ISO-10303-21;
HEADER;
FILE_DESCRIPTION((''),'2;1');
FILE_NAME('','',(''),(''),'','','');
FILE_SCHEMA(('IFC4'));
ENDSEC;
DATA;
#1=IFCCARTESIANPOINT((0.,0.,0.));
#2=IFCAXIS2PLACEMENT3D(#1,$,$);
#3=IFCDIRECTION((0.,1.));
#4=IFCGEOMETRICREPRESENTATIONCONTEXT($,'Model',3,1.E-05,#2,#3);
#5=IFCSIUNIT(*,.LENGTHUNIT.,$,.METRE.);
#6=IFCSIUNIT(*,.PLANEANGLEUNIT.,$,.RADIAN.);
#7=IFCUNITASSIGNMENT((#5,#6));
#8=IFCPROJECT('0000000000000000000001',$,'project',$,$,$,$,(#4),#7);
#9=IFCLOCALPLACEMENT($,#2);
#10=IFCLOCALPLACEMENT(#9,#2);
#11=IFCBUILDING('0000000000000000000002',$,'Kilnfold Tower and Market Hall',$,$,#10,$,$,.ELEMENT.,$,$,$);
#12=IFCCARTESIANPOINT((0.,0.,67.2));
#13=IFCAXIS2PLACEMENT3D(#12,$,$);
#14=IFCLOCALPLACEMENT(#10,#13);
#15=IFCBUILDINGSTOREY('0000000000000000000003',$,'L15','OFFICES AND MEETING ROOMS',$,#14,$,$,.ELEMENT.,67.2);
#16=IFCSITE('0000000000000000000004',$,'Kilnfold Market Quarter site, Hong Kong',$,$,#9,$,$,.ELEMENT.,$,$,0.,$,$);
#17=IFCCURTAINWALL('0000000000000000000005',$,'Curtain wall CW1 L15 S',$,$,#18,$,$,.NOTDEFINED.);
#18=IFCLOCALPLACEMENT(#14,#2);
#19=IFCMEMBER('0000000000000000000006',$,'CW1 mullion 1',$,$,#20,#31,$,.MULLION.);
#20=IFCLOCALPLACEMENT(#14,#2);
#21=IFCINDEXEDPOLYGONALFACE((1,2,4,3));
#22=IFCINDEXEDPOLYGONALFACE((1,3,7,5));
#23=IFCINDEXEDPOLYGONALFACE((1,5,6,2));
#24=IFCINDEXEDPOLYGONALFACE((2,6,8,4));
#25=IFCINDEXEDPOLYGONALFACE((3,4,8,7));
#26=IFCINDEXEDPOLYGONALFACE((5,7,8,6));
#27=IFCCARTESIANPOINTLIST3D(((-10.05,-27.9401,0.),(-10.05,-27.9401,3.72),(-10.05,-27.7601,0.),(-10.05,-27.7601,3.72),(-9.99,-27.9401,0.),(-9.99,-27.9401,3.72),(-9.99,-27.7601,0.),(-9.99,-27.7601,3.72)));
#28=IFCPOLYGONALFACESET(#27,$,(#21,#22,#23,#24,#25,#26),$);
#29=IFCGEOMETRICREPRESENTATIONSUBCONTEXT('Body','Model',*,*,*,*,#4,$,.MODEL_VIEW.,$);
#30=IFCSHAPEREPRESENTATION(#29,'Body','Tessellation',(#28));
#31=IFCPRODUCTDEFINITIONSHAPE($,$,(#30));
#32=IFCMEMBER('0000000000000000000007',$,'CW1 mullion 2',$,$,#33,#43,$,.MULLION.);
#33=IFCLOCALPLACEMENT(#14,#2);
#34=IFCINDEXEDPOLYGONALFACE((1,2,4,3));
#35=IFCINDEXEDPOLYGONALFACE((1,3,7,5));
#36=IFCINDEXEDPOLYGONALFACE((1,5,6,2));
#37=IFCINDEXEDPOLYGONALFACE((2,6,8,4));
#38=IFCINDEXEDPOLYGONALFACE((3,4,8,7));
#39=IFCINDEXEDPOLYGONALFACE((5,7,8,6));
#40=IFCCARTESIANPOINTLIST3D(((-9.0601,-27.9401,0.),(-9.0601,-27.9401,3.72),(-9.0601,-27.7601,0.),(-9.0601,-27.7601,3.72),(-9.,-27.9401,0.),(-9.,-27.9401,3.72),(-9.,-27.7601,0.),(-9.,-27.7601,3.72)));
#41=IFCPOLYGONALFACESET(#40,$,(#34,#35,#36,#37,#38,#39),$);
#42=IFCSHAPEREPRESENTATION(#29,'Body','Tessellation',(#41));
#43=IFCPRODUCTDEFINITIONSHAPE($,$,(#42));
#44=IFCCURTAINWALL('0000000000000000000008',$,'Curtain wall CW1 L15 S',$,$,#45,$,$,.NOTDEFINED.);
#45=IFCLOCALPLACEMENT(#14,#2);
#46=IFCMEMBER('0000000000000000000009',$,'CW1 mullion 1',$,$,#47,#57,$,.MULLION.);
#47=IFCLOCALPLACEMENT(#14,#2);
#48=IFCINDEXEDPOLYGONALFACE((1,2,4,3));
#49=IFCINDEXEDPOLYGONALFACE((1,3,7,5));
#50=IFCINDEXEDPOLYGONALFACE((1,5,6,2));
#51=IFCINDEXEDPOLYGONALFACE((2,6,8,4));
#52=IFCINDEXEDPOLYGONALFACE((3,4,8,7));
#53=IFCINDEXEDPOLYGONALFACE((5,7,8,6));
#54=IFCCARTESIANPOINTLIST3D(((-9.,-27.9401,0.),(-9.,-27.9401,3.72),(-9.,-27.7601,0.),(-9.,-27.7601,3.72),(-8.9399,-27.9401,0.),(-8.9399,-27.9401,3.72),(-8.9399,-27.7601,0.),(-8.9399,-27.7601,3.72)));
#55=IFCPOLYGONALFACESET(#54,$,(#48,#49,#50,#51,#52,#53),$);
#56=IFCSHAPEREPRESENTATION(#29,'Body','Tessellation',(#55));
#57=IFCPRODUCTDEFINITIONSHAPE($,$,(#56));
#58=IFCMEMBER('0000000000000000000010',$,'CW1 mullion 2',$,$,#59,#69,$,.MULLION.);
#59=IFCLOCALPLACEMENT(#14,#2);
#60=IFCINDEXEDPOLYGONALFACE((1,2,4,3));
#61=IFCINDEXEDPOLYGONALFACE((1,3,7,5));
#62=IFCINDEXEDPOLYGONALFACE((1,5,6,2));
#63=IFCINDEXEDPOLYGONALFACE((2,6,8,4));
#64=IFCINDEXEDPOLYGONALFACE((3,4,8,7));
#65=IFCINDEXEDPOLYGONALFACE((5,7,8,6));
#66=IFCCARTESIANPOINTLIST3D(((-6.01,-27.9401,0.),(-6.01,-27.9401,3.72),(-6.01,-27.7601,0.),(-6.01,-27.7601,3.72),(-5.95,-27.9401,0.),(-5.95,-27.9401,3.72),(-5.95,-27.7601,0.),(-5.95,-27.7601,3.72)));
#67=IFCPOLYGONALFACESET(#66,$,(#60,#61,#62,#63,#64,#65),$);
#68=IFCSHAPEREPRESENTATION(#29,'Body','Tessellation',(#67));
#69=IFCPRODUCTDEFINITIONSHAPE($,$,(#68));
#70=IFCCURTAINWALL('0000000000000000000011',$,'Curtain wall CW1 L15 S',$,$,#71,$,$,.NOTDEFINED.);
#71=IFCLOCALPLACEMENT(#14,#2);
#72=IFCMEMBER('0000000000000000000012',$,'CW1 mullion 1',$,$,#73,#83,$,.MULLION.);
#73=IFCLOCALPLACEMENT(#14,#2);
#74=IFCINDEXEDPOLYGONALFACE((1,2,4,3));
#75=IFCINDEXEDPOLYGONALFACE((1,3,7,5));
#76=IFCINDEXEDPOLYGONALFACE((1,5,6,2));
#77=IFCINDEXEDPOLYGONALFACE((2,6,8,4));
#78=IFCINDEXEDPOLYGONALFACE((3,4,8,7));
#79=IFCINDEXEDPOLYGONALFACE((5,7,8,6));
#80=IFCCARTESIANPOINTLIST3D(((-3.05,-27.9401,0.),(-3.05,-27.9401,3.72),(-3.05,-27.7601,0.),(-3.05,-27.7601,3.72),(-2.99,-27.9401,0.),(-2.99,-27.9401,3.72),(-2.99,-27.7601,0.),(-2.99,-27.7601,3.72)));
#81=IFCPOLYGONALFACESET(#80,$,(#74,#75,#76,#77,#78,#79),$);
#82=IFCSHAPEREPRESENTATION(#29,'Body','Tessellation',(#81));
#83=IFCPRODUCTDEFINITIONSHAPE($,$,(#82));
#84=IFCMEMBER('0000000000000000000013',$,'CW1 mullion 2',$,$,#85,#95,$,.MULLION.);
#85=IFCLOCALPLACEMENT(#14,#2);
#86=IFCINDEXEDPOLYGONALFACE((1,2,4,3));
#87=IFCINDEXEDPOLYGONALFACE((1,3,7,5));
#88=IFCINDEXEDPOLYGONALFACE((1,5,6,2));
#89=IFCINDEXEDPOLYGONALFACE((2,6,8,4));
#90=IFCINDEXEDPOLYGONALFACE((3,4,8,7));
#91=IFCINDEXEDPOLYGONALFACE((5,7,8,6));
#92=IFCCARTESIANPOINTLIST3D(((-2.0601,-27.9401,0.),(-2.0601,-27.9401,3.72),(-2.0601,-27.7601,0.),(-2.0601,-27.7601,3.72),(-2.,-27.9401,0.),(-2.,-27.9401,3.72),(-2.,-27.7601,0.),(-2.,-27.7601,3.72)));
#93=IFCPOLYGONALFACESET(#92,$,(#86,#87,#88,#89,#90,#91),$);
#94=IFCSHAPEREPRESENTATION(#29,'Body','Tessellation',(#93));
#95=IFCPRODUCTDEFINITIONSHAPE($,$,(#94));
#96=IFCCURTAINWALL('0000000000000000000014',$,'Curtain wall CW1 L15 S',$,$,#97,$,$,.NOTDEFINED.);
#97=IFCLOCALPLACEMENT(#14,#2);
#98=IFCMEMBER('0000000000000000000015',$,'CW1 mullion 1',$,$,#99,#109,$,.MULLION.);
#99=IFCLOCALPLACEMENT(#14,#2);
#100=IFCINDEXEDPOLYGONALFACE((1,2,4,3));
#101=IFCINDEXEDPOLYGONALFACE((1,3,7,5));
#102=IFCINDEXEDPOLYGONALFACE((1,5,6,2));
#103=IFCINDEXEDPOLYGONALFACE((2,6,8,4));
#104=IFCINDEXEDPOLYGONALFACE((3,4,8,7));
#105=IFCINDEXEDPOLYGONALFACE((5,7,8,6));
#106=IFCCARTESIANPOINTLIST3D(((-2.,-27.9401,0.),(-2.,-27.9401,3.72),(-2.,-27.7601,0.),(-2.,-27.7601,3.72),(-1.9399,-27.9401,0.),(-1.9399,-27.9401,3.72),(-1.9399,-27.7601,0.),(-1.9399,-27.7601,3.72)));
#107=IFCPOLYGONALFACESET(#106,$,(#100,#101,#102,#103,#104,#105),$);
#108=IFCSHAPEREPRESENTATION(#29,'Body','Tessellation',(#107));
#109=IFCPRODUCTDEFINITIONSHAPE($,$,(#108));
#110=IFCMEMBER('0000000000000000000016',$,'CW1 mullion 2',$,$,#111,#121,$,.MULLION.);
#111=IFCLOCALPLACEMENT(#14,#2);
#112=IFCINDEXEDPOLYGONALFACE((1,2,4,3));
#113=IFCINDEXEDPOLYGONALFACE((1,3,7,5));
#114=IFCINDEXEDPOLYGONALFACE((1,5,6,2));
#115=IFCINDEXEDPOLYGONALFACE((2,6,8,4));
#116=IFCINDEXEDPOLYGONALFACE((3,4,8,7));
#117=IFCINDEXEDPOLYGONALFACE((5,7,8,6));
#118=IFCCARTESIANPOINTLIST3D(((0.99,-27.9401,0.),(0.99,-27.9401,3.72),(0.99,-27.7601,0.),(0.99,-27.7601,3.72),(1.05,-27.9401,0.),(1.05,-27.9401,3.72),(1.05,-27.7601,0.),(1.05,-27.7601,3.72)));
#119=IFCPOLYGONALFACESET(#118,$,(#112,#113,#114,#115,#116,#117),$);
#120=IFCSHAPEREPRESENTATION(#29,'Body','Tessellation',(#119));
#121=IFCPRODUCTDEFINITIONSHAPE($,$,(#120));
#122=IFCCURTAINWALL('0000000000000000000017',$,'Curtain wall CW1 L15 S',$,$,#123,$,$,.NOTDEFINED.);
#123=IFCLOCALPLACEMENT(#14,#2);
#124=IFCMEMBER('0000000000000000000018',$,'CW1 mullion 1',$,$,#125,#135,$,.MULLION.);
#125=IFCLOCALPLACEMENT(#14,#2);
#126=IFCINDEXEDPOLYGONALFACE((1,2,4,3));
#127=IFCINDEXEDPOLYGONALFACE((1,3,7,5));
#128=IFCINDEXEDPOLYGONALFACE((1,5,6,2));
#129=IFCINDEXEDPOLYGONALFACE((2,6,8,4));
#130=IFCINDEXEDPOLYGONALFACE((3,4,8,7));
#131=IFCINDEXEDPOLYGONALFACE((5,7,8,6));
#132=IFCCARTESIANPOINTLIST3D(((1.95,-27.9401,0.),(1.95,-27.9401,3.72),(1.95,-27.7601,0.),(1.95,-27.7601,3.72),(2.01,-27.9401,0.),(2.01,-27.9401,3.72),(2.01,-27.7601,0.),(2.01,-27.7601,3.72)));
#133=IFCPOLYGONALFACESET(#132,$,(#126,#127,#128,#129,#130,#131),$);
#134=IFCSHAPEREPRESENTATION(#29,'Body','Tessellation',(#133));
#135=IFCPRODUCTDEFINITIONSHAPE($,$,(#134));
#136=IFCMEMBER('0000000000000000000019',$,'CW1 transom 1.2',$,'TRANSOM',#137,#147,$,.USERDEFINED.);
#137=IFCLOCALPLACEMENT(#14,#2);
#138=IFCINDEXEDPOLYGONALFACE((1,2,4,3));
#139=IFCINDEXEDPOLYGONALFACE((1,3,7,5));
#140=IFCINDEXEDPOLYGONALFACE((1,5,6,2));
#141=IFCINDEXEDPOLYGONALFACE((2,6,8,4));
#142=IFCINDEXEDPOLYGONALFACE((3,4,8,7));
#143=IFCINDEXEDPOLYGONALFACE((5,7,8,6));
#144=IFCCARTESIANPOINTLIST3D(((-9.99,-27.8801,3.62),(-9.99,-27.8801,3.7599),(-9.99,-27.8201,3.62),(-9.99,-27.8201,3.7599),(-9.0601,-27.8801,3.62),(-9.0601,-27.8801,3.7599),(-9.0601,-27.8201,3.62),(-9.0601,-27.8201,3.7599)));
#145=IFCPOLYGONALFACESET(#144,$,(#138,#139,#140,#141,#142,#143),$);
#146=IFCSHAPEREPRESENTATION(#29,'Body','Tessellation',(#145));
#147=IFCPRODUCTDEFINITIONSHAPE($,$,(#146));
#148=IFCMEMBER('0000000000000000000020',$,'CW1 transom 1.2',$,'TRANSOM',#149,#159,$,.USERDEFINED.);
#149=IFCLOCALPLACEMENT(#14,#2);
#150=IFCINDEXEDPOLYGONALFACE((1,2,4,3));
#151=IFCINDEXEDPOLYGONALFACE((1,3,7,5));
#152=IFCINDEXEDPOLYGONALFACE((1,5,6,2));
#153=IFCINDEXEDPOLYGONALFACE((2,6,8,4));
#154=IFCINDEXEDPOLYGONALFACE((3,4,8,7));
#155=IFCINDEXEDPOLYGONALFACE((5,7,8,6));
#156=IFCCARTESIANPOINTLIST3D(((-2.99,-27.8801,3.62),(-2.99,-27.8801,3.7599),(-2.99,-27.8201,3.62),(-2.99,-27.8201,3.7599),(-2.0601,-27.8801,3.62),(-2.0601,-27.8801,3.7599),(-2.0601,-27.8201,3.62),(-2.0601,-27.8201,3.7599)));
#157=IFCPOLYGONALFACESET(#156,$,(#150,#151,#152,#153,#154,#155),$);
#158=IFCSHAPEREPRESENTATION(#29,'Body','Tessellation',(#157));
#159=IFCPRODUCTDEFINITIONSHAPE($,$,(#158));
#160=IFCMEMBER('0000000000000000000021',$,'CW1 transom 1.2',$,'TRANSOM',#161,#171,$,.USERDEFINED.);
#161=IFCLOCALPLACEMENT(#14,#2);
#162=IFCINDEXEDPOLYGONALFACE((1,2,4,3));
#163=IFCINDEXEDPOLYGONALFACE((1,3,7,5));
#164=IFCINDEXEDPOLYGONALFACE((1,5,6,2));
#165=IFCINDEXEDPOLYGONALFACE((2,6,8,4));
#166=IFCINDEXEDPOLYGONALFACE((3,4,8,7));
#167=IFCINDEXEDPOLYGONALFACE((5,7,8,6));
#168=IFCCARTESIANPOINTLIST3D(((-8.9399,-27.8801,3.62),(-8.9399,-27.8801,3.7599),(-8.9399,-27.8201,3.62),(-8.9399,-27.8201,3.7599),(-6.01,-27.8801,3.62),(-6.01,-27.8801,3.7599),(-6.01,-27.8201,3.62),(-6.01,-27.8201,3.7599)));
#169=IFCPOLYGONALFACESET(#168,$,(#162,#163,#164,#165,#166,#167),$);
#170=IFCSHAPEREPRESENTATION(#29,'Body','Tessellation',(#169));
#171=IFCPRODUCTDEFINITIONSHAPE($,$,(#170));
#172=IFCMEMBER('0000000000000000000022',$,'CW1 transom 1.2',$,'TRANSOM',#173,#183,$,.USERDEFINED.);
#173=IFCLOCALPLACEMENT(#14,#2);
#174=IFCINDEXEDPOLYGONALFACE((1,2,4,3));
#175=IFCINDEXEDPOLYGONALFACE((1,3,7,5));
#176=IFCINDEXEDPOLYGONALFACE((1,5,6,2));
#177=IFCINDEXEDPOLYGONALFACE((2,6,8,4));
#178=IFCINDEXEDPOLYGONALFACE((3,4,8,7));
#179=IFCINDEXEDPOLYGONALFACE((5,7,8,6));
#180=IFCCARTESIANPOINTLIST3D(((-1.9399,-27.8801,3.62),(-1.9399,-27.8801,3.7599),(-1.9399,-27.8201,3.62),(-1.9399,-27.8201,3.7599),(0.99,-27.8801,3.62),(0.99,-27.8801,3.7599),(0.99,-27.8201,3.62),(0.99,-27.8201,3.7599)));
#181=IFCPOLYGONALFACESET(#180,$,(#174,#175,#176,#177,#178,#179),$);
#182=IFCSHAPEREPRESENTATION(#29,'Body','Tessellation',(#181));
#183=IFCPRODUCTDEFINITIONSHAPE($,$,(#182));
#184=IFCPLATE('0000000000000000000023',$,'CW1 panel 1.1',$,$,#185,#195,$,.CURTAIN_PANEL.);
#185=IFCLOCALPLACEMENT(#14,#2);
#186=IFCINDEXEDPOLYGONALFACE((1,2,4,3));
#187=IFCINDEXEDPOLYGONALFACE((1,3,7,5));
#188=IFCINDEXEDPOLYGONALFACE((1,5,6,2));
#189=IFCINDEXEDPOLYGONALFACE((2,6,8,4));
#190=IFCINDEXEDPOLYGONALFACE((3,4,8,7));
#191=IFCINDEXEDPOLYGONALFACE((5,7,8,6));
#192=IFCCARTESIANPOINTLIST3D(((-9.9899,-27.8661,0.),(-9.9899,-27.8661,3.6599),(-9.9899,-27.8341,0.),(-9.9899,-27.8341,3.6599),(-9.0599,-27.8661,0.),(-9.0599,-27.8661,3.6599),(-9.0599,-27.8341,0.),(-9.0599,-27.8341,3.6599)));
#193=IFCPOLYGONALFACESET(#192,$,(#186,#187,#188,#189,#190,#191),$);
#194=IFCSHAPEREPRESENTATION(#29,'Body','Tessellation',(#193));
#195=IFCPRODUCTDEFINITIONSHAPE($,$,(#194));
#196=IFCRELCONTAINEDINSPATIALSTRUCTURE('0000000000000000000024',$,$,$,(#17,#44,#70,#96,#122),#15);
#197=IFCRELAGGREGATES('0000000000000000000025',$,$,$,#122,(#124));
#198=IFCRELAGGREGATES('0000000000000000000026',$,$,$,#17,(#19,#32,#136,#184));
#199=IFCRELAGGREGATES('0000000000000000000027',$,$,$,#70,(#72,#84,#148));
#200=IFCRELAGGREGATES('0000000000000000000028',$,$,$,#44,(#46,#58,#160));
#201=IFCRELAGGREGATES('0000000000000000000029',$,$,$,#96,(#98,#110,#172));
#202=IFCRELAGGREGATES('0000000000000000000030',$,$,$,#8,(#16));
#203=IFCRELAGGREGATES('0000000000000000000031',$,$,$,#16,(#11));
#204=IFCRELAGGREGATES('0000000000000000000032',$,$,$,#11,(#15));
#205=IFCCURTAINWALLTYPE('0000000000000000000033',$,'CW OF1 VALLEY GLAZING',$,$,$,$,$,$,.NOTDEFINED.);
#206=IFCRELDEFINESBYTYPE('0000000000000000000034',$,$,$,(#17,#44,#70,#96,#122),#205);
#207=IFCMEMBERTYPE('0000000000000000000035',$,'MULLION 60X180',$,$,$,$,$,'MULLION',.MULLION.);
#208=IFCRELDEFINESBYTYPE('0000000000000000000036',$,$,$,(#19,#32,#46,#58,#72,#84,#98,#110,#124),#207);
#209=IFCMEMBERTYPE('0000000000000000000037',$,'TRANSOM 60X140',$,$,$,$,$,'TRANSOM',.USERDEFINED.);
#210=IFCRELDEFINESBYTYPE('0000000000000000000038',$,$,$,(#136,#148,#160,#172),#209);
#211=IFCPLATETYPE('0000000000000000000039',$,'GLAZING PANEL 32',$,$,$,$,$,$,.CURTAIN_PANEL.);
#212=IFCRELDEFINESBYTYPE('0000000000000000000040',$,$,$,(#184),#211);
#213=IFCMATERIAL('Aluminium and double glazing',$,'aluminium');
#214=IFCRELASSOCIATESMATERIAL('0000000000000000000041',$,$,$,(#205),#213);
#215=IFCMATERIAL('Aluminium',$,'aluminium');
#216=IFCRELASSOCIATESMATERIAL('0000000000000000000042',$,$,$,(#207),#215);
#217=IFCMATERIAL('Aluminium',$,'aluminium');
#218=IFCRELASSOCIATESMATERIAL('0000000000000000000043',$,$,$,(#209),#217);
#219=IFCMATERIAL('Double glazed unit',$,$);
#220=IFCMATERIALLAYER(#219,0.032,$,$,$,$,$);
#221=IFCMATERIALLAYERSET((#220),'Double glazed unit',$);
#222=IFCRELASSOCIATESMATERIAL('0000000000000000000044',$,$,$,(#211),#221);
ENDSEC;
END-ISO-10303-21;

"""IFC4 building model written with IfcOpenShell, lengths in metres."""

from ifc_helpers import new_model, si_unit, direction, frame, origin, origin_2d, place, context, subcontext, project, spatial, rectangle, extrude, source, transform, mapped, material, layer, layer_set, material_profile, profile_set, type_object, element, aggregate, save


model = new_model("IFC4")

# Units and contexts
model_context = context("Model", 3, precision=1e-05, world=origin(), true_north=direction((0.0, 1.0)))
body_context = subcontext(model_context, "Body", "Model", "MODEL_VIEW")
ifc_project = project(units=[si_unit("LENGTHUNIT", "METRE"), si_unit("PLANEANGLEUNIT", "RADIAN")], contexts=[model_context])

# Site, building, storey
site_placement = place(None, origin())
site = spatial("IfcSite", under=ifc_project, at=site_placement, Name="Kilnfold Market Quarter site, Hong Kong", CompositionType="ELEMENT", RefElevation=0.0)
building_placement = place(site_placement, origin())
building = spatial("IfcBuilding", under=site, at=building_placement, Name="Kilnfold Tower and Market Hall", CompositionType="ELEMENT")
storey_placement = place(building_placement, frame((0.0, 0.0, 67.2)))
storey = spatial("IfcBuildingStorey", under=building, at=storey_placement, Name="L15", Description="OFFICES AND MEETING ROOMS", CompositionType="ELEMENT", Elevation=67.2)

# Curtain walls, members
ifc_material_1 = material(Name="Aluminium and double glazing", Category="aluminium")
curtain_wall_type = type_object("IfcCurtainWallType", Name="CW OF1 VALLEY GLAZING", PredefinedType="NOTDEFINED", material=ifc_material_1)
curtain_wall_1_placement = place(storey_placement, origin())
curtain_wall_1 = element("IfcCurtainWall", 1, at=curtain_wall_1_placement, inside=storey, type_object=curtain_wall_type, Name="Curtain wall CW1 L15 S", PredefinedType="NOTDEFINED")
ifc_material_2 = material(Name="Aluminium", Category="aluminium")
ifc_material_profile_1 = material_profile(ifc_material_2, rectangle(XDim=0.0601, YDim=0.1799, at=origin_2d()), Name="MULLION 60x180")
ifc_profile_set_1 = profile_set([ifc_material_profile_1], Name="Aluminium")
member_type_1 = type_object("IfcMemberType", Name="MULLION 60X180", ElementType="MULLION", PredefinedType="MULLION", material=ifc_profile_set_1)
shared_shape_1 = source(origin(), body_context, "Body", "SweptSolid", [
    extrude(rectangle(XDim=0.0601, YDim=0.1799, at=origin_2d()), origin(), (0.0, 0.0, 1.0), 3.72),
])
member_1_placement = place(storey_placement, frame((-10.02, -27.8501, 0.0), z_axis=(0.0, 0.0, 1.0), x_axis=(1.0, 0.0, 0.0)))
member_1 = element("IfcMember", 2, at=member_1_placement, type_object=member_type_1, Name="CW1 mullion 1", PredefinedType="MULLION", context=body_context, shape_type="MappedRepresentation", body=[
    mapped(shared_shape_1, transform((0.0, 0.0, 0.0))),
])
member_2_placement = place(storey_placement, frame((-9.03, -27.8501, 0.0), z_axis=(0.0, 0.0, 1.0), x_axis=(1.0, 0.0, 0.0)))
member_2 = element("IfcMember", 3, at=member_2_placement, type_object=member_type_1, Name="CW1 mullion 2", PredefinedType="MULLION", context=body_context, shape_type="MappedRepresentation", body=[
    mapped(shared_shape_1, transform((0.0, 0.0, 0.0))),
])
curtain_wall_2_placement = place(storey_placement, origin())
curtain_wall_2 = element("IfcCurtainWall", 4, at=curtain_wall_2_placement, inside=storey, type_object=curtain_wall_type, Name="Curtain wall CW1 L15 S", PredefinedType="NOTDEFINED")
member_3_placement = place(storey_placement, frame((-8.97, -27.8501, 0.0), z_axis=(0.0, 0.0, 1.0), x_axis=(1.0, 0.0, 0.0)))
member_3 = element("IfcMember", 5, at=member_3_placement, type_object=member_type_1, Name="CW1 mullion 1", PredefinedType="MULLION", context=body_context, shape_type="MappedRepresentation", body=[
    mapped(shared_shape_1, transform((0.0, 0.0, 0.0))),
])
member_4_placement = place(storey_placement, frame((-5.98, -27.8501, 0.0), z_axis=(0.0, 0.0, 1.0), x_axis=(1.0, 0.0, 0.0)))
member_4 = element("IfcMember", 6, at=member_4_placement, type_object=member_type_1, Name="CW1 mullion 2", PredefinedType="MULLION", context=body_context, shape_type="MappedRepresentation", body=[
    mapped(shared_shape_1, transform((0.0, 0.0, 0.0))),
])
curtain_wall_3_placement = place(storey_placement, origin())
curtain_wall_3 = element("IfcCurtainWall", 7, at=curtain_wall_3_placement, inside=storey, type_object=curtain_wall_type, Name="Curtain wall CW1 L15 S", PredefinedType="NOTDEFINED")
member_5_placement = place(storey_placement, frame((-3.02, -27.8501, 0.0), z_axis=(0.0, 0.0, 1.0), x_axis=(1.0, 0.0, 0.0)))
member_5 = element("IfcMember", 8, at=member_5_placement, type_object=member_type_1, Name="CW1 mullion 1", PredefinedType="MULLION", context=body_context, shape_type="MappedRepresentation", body=[
    mapped(shared_shape_1, transform((0.0, 0.0, 0.0))),
])
member_6_placement = place(storey_placement, frame((-2.03, -27.8501, 0.0), z_axis=(0.0, 0.0, 1.0), x_axis=(1.0, 0.0, 0.0)))
member_6 = element("IfcMember", 9, at=member_6_placement, type_object=member_type_1, Name="CW1 mullion 2", PredefinedType="MULLION", context=body_context, shape_type="MappedRepresentation", body=[
    mapped(shared_shape_1, transform((0.0, 0.0, 0.0))),
])
curtain_wall_4_placement = place(storey_placement, origin())
curtain_wall_4 = element("IfcCurtainWall", 10, at=curtain_wall_4_placement, inside=storey, type_object=curtain_wall_type, Name="Curtain wall CW1 L15 S", PredefinedType="NOTDEFINED")
member_7_placement = place(storey_placement, frame((-1.97, -27.8501, 0.0), z_axis=(0.0, 0.0, 1.0), x_axis=(1.0, 0.0, 0.0)))
member_7 = element("IfcMember", 11, at=member_7_placement, type_object=member_type_1, Name="CW1 mullion 1", PredefinedType="MULLION", context=body_context, shape_type="MappedRepresentation", body=[
    mapped(shared_shape_1, transform((0.0, 0.0, 0.0))),
])
member_8_placement = place(storey_placement, frame((1.02, -27.8501, 0.0), z_axis=(0.0, 0.0, 1.0), x_axis=(1.0, 0.0, 0.0)))
member_8 = element("IfcMember", 12, at=member_8_placement, type_object=member_type_1, Name="CW1 mullion 2", PredefinedType="MULLION", context=body_context, shape_type="MappedRepresentation", body=[
    mapped(shared_shape_1, transform((0.0, 0.0, 0.0))),
])

# Curtain wall, member
curtain_wall_5_placement = place(storey_placement, origin())
curtain_wall_5 = element("IfcCurtainWall", 13, at=curtain_wall_5_placement, inside=storey, type_object=curtain_wall_type, Name="Curtain wall CW1 L15 S", PredefinedType="NOTDEFINED")
member_9_placement = place(storey_placement, frame((1.98, -27.8501, 0.0), z_axis=(0.0, 0.0, 1.0), x_axis=(1.0, 0.0, 0.0)))
member_9 = element("IfcMember", 14, at=member_9_placement, type_object=member_type_1, Name="CW1 mullion 1", PredefinedType="MULLION", context=body_context, shape_type="MappedRepresentation", body=[
    mapped(shared_shape_1, transform((0.0, 0.0, 0.0))),
])
aggregate(curtain_wall_5, [member_9])

# Members
ifc_material_3 = material(Name="Aluminium", Category="aluminium")
ifc_material_profile_2 = material_profile(ifc_material_3, rectangle(XDim=0.0601, YDim=0.1399, at=origin_2d()), Name="TRANSOM 60x140")
ifc_profile_set_2 = profile_set([ifc_material_profile_2], Name="Aluminium")
member_type_2 = type_object("IfcMemberType", Name="TRANSOM 60X140", ElementType="TRANSOM", PredefinedType="USERDEFINED", material=ifc_profile_set_2)
shared_shape_2 = source(origin(), body_context, "Body", "SweptSolid", [
    extrude(rectangle(XDim=0.0601, YDim=0.1399, at=origin_2d()), origin(), (0.0, 0.0, 1.0), 0.9299),
])
member_10_placement = place(storey_placement, frame((-9.99, -27.8501, 3.6899), z_axis=(1.0, 0.0, 0.0), x_axis=(0.0, 1.0, 0.0)))
member_10 = element("IfcMember", 15, at=member_10_placement, type_object=member_type_2, Name="CW1 transom 1.2", ObjectType="TRANSOM", PredefinedType="USERDEFINED", context=body_context, shape_type="MappedRepresentation", body=[
    mapped(shared_shape_2, transform((0.0, 0.0, 0.0))),
])
member_11_placement = place(storey_placement, frame((-2.99, -27.8501, 3.6899), z_axis=(1.0, 0.0, 0.0), x_axis=(0.0, 1.0, 0.0)))
member_11 = element("IfcMember", 16, at=member_11_placement, type_object=member_type_2, Name="CW1 transom 1.2", ObjectType="TRANSOM", PredefinedType="USERDEFINED", context=body_context, shape_type="MappedRepresentation", body=[
    mapped(shared_shape_2, transform((0.0, 0.0, 0.0))),
])
shared_shape_3 = source(origin(), body_context, "Body", "SweptSolid", [
    extrude(rectangle(XDim=0.0601, YDim=0.1399, at=origin_2d()), origin(), (0.0, 0.0, 1.0), 2.9299),
])
member_12_placement = place(storey_placement, frame((-8.9399, -27.8501, 3.6899), z_axis=(1.0, 0.0, 0.0), x_axis=(0.0, 1.0, 0.0)))
member_12 = element("IfcMember", 17, at=member_12_placement, type_object=member_type_2, Name="CW1 transom 1.2", ObjectType="TRANSOM", PredefinedType="USERDEFINED", context=body_context, shape_type="MappedRepresentation", body=[
    mapped(shared_shape_3, transform((0.0, 0.0, 0.0))),
])
member_13_placement = place(storey_placement, frame((-1.9399, -27.8501, 3.6899), z_axis=(1.0, 0.0, 0.0), x_axis=(0.0, 1.0, 0.0)))
member_13 = element("IfcMember", 18, at=member_13_placement, type_object=member_type_2, Name="CW1 transom 1.2", ObjectType="TRANSOM", PredefinedType="USERDEFINED", context=body_context, shape_type="MappedRepresentation", body=[
    mapped(shared_shape_3, transform((0.0, 0.0, 0.0))),
])

# Plate
ifc_material_4 = material(Name="Double glazed unit")
ifc_layer_1 = layer(ifc_material_4, 0.032)
ifc_layer_set_1 = layer_set([ifc_layer_1], Name="Double glazed unit")
plate_type = type_object("IfcPlateType", Name="GLAZING PANEL 32", PredefinedType="CURTAIN_PANEL", material=ifc_layer_set_1)
shared_shape_4 = source(origin(), body_context, "Body", "SweptSolid", [
    extrude(rectangle(XDim=0.9299, YDim=0.032, at=origin_2d()), origin(), (0.0, 0.0, 1.0), 3.6599),
])
plate_1_placement = place(storey_placement, frame((-9.5249, -27.8501, 0.0), z_axis=(0.0, 0.0, 1.0), x_axis=(1.0, 0.0, 0.0)))
plate_1 = element("IfcPlate", 19, at=plate_1_placement, type_object=plate_type, Name="CW1 panel 1.1", PredefinedType="CURTAIN_PANEL", context=body_context, shape_type="MappedRepresentation", body=[
    mapped(shared_shape_4, transform((0.0, 0.0, 0.0))),
])
aggregate(curtain_wall_1, [member_1, member_2, member_10, plate_1])
aggregate(curtain_wall_3, [member_5, member_6, member_11])
aggregate(curtain_wall_2, [member_3, member_4, member_12])
aggregate(curtain_wall_4, [member_7, member_8, member_13])

save(model, "model.ifc")
